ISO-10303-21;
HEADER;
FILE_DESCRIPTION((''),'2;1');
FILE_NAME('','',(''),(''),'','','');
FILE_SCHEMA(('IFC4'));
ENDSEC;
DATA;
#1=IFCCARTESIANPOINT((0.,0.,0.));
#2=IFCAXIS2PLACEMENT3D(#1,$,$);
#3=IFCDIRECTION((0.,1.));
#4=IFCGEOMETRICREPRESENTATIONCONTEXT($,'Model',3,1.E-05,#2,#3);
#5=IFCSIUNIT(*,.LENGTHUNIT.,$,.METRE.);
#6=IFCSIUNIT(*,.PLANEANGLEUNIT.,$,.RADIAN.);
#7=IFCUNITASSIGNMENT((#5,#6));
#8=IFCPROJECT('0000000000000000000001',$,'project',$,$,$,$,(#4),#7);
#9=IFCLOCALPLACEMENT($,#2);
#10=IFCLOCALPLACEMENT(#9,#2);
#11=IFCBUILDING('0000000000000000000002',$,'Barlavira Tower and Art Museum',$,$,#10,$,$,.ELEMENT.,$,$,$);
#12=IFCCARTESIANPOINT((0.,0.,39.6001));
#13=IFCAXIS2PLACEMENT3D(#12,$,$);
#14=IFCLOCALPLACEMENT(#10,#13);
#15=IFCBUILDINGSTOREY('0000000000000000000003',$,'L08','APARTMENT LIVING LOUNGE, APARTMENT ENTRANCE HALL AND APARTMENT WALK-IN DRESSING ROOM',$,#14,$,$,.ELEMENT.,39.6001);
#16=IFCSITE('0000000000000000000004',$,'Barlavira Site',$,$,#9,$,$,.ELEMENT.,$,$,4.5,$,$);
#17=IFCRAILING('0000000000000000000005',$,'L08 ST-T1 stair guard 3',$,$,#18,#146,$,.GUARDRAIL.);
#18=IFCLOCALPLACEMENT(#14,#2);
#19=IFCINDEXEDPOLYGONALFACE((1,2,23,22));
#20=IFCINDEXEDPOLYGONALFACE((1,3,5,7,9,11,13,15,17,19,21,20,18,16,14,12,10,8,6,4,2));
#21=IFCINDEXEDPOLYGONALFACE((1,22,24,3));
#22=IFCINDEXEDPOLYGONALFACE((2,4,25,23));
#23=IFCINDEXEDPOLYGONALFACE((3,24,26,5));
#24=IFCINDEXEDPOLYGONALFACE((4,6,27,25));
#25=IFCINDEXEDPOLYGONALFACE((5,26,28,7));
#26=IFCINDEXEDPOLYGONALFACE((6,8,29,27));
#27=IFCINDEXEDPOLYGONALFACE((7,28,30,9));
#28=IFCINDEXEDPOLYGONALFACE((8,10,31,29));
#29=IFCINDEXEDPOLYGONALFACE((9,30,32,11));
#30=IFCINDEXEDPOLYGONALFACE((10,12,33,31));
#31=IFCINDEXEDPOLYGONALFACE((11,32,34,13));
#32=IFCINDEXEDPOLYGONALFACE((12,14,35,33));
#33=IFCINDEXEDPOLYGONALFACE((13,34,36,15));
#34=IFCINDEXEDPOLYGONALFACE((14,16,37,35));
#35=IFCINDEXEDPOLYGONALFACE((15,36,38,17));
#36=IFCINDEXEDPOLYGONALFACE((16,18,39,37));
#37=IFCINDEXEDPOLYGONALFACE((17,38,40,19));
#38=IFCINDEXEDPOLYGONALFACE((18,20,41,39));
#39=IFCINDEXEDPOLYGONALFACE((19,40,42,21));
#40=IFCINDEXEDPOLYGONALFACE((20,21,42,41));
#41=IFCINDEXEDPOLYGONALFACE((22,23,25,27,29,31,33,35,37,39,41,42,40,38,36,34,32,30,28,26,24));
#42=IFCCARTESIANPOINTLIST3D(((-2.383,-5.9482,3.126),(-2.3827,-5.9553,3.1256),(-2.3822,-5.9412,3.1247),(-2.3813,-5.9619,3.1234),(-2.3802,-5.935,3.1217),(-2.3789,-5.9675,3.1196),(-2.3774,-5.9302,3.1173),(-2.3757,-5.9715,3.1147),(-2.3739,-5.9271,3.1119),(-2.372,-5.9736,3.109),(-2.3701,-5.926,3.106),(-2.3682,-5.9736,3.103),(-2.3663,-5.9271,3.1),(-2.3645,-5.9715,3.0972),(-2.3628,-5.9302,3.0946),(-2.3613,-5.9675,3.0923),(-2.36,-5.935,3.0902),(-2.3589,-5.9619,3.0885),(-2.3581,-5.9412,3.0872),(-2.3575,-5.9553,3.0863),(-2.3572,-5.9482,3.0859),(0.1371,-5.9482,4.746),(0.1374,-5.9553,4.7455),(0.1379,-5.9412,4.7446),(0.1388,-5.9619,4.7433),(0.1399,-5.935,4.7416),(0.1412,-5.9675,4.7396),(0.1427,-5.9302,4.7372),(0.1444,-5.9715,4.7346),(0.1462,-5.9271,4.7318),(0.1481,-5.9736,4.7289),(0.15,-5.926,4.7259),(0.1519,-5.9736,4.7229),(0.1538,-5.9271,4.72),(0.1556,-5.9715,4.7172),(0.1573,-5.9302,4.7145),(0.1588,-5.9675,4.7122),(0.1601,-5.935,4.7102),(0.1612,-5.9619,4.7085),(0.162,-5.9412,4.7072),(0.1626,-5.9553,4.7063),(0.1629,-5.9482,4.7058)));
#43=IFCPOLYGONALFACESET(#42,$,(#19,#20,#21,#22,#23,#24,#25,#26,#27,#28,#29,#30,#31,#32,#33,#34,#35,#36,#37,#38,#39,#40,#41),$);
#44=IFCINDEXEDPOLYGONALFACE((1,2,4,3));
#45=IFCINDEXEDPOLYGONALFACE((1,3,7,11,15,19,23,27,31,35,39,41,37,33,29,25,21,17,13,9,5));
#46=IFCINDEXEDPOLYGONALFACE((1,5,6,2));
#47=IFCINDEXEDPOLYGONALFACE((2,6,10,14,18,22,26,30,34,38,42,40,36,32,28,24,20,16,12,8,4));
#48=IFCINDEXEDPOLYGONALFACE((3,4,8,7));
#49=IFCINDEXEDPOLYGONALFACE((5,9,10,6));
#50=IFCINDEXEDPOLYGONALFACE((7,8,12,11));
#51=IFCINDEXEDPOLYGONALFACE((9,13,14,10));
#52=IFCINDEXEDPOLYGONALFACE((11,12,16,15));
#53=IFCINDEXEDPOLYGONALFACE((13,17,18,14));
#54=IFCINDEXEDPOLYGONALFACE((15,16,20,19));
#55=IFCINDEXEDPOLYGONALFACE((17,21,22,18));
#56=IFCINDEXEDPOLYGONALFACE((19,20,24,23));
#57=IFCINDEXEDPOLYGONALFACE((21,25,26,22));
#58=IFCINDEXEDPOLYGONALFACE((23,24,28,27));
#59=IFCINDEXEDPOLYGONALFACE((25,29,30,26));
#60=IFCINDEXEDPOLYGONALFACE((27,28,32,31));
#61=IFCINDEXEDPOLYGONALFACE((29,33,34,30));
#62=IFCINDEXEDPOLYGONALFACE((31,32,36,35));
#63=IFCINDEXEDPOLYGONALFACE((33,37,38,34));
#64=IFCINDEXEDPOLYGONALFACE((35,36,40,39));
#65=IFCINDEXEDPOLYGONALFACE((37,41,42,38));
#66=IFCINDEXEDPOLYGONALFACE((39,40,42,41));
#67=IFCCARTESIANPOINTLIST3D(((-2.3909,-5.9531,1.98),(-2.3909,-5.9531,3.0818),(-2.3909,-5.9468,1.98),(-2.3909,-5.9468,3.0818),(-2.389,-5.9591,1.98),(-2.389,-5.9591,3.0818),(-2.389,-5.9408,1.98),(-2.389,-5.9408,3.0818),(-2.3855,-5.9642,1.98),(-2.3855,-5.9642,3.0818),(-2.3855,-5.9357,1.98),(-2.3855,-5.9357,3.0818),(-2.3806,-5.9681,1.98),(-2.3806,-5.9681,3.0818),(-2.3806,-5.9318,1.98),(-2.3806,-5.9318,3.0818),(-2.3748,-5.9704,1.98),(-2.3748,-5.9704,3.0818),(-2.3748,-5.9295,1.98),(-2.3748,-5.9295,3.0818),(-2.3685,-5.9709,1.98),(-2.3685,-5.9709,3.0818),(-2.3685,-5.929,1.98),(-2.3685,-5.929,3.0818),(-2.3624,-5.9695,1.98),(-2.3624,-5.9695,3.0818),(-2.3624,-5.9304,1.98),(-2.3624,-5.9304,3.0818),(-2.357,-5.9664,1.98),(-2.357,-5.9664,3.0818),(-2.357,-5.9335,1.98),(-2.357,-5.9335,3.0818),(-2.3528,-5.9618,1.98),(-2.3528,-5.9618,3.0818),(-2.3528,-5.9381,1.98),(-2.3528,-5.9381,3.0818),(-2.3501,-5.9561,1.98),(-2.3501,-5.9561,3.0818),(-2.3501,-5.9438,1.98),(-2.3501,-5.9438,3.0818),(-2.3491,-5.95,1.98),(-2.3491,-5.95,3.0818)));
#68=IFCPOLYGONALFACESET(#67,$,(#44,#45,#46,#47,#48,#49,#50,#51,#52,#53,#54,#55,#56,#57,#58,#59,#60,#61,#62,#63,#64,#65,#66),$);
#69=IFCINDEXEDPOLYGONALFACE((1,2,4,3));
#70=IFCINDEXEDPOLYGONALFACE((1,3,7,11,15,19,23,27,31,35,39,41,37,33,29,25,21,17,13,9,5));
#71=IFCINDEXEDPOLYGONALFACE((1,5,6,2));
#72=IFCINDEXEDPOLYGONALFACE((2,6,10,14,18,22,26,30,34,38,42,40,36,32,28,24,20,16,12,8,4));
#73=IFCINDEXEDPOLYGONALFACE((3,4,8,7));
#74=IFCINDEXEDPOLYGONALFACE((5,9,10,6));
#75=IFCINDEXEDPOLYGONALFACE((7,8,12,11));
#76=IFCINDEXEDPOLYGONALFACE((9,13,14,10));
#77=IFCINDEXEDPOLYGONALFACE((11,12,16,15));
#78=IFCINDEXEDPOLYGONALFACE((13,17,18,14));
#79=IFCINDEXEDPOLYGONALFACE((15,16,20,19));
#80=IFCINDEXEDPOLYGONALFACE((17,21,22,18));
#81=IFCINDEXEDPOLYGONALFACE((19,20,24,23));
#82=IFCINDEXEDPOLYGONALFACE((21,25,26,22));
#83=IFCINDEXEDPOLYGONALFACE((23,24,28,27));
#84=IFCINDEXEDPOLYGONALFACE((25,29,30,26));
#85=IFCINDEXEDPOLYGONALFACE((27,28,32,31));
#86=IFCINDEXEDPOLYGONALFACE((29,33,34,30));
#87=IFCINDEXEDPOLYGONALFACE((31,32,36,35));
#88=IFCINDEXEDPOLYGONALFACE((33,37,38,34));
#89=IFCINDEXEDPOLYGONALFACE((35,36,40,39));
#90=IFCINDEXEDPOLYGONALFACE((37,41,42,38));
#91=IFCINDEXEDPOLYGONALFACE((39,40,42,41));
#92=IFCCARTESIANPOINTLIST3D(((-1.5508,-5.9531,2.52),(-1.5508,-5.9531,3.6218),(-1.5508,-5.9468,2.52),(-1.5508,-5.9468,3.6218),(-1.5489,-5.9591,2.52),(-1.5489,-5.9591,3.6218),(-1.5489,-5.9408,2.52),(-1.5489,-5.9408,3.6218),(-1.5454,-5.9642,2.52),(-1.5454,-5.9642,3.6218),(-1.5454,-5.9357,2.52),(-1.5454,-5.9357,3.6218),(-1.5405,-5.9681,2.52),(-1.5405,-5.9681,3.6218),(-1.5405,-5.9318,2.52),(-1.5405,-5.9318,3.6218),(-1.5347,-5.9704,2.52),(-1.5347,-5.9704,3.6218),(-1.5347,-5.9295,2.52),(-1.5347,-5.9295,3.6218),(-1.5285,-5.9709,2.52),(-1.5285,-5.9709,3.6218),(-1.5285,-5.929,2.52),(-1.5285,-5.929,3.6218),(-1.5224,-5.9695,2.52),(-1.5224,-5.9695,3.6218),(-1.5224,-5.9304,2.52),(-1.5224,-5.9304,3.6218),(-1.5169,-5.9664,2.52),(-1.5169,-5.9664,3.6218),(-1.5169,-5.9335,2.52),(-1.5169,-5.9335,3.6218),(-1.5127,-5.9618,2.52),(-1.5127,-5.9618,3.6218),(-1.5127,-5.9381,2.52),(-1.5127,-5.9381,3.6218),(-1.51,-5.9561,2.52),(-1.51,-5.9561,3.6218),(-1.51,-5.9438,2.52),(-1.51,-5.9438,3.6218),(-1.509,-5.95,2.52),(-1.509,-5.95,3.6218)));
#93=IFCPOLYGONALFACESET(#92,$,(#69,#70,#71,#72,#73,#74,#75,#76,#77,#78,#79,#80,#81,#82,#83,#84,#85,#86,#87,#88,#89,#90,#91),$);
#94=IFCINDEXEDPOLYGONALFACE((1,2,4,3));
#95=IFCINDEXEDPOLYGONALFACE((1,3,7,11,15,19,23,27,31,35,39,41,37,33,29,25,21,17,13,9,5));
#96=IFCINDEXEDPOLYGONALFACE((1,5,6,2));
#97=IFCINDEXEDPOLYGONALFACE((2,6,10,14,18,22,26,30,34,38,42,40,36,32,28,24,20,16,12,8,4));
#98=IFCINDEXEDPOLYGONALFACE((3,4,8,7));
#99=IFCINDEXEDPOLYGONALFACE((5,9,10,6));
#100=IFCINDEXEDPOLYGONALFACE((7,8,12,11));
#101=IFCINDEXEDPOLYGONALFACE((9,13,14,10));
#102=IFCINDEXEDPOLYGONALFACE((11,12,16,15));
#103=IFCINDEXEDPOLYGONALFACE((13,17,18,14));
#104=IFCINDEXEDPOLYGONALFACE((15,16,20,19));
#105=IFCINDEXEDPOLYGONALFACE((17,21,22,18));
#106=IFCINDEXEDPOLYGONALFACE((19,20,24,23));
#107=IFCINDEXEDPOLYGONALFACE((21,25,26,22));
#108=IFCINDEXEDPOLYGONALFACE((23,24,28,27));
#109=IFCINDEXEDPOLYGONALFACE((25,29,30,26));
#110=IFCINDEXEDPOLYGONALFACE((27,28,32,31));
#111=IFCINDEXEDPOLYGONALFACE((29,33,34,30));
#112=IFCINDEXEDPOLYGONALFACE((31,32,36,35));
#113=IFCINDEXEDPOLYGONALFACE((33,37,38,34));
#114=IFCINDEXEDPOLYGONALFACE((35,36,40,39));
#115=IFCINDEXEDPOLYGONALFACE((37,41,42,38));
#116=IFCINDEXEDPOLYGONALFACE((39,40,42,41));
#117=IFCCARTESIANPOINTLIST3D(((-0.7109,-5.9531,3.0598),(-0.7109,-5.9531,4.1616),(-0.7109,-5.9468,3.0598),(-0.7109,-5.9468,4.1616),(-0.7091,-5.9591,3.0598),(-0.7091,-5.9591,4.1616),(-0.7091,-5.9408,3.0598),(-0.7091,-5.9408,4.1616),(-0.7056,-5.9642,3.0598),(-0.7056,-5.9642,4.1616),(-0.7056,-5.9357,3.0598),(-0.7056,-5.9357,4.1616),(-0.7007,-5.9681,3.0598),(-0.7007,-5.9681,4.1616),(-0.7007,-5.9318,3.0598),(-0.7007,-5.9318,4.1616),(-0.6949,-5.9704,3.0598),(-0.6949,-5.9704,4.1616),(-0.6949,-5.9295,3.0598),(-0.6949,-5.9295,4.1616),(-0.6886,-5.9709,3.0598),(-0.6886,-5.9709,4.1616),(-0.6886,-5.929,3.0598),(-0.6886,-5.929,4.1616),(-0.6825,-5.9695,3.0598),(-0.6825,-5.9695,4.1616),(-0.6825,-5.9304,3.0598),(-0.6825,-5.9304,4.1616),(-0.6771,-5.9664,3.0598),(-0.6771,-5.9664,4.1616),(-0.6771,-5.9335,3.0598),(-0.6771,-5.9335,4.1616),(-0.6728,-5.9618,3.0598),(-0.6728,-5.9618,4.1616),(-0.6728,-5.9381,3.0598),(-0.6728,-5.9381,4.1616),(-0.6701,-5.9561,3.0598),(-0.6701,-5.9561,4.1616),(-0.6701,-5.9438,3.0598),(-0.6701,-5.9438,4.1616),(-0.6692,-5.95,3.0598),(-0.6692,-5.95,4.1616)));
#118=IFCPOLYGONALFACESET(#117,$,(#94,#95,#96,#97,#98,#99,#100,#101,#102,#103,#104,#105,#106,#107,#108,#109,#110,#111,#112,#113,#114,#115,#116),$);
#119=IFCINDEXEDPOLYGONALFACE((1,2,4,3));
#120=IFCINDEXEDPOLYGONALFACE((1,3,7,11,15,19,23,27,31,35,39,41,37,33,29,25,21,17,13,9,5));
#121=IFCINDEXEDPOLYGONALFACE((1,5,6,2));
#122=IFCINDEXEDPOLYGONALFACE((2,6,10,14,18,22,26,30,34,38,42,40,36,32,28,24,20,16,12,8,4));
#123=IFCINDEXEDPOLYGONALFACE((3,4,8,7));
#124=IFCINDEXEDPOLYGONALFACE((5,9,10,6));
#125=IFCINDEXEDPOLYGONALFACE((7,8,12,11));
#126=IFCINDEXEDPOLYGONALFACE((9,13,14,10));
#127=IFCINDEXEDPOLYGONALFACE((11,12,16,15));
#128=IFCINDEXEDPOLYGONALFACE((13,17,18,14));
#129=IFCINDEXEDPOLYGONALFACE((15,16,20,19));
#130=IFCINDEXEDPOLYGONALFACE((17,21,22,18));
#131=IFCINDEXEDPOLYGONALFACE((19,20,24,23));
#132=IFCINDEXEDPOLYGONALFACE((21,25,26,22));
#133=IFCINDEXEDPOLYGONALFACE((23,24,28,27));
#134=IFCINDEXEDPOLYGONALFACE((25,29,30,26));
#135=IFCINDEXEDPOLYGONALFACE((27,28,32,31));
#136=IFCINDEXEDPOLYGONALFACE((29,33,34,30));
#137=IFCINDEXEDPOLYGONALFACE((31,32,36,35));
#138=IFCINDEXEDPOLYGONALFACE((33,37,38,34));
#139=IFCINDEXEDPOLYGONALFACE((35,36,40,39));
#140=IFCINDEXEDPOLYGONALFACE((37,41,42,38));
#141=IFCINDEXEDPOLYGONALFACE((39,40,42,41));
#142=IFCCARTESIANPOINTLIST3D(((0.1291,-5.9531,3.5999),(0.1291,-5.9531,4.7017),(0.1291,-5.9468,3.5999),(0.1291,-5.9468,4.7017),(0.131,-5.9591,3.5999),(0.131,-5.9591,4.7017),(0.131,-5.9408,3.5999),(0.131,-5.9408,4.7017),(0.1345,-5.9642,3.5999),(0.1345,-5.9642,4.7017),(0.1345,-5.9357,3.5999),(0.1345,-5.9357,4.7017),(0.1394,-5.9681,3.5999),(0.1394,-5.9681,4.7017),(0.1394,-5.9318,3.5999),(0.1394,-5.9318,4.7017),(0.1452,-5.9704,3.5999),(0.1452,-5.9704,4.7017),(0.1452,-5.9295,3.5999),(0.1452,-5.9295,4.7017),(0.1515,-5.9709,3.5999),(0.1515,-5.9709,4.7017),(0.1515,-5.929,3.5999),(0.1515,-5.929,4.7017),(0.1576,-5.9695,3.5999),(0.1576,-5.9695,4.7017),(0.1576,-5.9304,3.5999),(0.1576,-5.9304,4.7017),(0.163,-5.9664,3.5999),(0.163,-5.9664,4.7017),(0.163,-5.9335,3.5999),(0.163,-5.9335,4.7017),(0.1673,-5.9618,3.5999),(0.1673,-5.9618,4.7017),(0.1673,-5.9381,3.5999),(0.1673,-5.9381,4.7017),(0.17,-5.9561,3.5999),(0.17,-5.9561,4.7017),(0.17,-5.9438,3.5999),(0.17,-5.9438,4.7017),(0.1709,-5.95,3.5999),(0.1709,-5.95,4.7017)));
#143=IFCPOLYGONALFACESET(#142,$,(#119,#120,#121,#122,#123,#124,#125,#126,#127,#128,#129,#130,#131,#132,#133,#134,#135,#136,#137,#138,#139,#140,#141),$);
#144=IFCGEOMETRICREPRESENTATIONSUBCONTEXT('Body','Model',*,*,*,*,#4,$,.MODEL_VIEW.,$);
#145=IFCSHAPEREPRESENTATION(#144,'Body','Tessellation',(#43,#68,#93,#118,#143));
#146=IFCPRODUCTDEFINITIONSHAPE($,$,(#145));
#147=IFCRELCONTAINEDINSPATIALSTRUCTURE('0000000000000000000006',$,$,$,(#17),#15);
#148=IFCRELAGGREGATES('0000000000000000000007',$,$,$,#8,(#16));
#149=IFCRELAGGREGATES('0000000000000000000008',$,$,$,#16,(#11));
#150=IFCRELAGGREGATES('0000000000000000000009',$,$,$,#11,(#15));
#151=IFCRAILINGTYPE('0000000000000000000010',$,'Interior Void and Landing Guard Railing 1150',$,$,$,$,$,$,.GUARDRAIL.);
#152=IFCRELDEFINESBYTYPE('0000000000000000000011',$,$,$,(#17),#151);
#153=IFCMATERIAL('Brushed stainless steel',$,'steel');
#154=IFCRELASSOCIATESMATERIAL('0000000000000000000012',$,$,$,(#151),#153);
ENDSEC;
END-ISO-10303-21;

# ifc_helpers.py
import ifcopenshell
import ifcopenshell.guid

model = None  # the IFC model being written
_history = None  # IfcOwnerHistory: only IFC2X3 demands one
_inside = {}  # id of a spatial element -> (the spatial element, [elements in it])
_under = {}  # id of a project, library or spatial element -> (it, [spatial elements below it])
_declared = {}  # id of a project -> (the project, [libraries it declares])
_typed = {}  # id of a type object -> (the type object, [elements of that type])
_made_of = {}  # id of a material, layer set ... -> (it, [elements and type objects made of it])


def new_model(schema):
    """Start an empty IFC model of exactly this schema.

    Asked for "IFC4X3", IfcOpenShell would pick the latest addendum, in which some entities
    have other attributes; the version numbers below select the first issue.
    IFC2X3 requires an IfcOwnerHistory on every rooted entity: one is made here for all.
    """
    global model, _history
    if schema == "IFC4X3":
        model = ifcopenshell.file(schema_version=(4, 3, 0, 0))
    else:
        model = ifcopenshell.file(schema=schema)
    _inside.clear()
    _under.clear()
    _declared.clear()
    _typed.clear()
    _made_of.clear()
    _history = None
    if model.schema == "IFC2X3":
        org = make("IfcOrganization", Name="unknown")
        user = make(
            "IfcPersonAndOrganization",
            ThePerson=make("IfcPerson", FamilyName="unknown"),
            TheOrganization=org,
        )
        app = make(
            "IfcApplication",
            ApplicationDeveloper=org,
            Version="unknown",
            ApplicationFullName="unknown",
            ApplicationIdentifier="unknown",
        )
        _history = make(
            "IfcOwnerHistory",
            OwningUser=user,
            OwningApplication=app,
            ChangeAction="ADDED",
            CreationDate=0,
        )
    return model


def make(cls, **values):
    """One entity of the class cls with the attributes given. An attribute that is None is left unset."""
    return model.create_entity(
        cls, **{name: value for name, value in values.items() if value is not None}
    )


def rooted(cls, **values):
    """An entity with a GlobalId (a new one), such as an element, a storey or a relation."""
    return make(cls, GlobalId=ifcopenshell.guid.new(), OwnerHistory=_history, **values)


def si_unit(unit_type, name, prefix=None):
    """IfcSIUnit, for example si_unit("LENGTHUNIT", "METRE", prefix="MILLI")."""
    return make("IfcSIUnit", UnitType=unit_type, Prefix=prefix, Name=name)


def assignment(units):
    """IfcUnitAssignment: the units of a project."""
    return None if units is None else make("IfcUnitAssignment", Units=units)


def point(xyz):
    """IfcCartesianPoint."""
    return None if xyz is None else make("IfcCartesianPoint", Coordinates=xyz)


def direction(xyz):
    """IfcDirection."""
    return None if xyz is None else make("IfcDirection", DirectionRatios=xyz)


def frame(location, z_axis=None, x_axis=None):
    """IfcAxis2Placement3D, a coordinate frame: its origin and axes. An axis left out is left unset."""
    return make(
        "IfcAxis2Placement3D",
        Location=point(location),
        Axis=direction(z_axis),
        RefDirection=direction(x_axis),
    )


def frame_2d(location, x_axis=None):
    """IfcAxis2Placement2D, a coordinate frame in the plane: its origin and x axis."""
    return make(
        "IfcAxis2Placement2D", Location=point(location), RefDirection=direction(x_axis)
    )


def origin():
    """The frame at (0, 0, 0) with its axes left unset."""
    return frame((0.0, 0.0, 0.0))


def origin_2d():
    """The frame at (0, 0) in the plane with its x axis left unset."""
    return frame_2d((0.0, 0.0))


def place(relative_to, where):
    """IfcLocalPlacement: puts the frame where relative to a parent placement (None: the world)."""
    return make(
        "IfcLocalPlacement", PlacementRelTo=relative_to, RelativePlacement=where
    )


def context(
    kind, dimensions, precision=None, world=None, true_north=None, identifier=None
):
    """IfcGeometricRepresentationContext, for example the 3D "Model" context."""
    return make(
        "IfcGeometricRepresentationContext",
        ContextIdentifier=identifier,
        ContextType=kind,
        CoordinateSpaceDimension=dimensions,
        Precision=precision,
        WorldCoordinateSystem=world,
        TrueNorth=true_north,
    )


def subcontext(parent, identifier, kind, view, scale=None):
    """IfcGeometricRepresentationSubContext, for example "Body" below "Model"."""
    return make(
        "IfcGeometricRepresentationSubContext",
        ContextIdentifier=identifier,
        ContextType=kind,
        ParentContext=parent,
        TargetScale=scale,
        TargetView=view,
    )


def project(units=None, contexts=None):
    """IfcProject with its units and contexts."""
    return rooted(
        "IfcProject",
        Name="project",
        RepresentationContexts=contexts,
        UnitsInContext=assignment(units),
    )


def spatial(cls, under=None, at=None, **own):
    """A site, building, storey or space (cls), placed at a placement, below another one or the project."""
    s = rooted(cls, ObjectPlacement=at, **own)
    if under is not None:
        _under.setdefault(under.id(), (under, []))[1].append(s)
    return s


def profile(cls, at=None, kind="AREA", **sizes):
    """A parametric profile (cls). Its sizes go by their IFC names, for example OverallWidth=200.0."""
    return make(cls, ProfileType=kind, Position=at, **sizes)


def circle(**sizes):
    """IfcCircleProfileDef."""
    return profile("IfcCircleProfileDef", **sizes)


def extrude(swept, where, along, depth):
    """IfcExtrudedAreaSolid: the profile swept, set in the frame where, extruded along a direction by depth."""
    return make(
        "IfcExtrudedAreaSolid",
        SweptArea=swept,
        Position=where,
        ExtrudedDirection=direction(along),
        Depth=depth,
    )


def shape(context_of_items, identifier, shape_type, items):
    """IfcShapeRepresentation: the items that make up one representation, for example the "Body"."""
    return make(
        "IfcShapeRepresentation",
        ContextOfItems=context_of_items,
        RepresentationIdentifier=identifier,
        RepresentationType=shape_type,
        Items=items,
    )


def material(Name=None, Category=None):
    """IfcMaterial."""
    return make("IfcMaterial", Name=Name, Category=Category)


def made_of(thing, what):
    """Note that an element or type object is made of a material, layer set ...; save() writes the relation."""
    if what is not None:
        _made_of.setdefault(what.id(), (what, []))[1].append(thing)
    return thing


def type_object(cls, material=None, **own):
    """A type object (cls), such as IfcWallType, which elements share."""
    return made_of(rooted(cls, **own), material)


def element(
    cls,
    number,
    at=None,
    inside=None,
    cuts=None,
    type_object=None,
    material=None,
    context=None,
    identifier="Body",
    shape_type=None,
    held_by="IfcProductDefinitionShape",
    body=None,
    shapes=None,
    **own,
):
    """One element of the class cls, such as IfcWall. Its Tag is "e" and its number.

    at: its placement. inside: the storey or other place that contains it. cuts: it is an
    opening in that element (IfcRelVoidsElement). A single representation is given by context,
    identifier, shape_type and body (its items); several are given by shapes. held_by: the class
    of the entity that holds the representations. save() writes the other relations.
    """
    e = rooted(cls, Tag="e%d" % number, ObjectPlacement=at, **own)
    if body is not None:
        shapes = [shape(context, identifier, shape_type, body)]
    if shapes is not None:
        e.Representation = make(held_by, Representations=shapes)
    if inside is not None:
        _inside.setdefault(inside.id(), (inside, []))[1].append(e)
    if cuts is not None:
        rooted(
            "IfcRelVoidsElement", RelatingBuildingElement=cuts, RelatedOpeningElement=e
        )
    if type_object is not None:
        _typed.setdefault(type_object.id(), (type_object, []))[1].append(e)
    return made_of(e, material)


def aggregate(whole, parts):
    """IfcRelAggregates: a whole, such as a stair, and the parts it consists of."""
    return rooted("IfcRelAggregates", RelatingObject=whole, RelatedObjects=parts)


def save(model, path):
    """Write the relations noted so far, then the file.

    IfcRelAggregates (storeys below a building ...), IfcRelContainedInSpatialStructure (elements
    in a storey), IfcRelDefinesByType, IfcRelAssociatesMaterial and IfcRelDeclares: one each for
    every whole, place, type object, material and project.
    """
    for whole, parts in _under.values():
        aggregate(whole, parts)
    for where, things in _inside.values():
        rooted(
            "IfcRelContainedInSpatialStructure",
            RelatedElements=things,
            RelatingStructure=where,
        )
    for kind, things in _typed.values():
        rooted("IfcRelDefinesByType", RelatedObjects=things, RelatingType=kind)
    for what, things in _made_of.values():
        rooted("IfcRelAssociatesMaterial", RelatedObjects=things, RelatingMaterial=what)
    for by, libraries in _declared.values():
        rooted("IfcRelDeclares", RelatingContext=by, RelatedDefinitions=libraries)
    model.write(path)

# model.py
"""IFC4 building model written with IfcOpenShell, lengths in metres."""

from ifc_helpers import new_model, si_unit, direction, frame, origin, origin_2d, place, context, subcontext, project, spatial, circle, extrude, material, type_object, element, save


model = new_model("IFC4")

# Units and contexts
model_context = context("Model", 3, precision=1e-05, world=origin(), true_north=direction((0.0, 1.0)))
body_context = subcontext(model_context, "Body", "Model", "MODEL_VIEW")
ifc_project = project(units=[si_unit("LENGTHUNIT", "METRE"), si_unit("PLANEANGLEUNIT", "RADIAN")], contexts=[model_context])

# Site, building, storey
site_placement = place(None, origin())
site = spatial("IfcSite", under=ifc_project, at=site_placement, Name="Barlavira Site", CompositionType="ELEMENT", RefElevation=4.5)
building_placement = place(site_placement, origin())
building = spatial("IfcBuilding", under=site, at=building_placement, Name="Barlavira Tower and Art Museum", CompositionType="ELEMENT")
storey_placement = place(building_placement, frame((0.0, 0.0, 39.6001)))
storey = spatial("IfcBuildingStorey", under=building, at=storey_placement, Name="L08", Description="APARTMENT LIVING LOUNGE, APARTMENT ENTRANCE HALL AND APARTMENT WALK-IN DRESSING ROOM", CompositionType="ELEMENT", Elevation=39.6001)

# Shared definitions
ifc_material_1 = material(Name="Brushed stainless steel", Category="steel")

# Railing
railing_type_1 = type_object("IfcRailingType", Name="Interior Void and Landing Guard Railing 1150", PredefinedType="GUARDRAIL", material=ifc_material_1)
railing_1_placement = place(storey_placement, frame((-2.3701, -5.95, 1.98)))
element("IfcRailing", 1, at=railing_1_placement, inside=storey, type_object=railing_type_1, Name="L08 ST-T1 stair guard 3", PredefinedType="GUARDRAIL", context=body_context, shape_type="SweptSolid", body=[
    extrude(circle(Radius=0.0239, at=origin_2d()), frame((0.0, 0.0, 1.126), z_axis=(0.8412, 0.0, 0.540725), x_axis=(0.0, 1.0, 0.0)), (0.0, 0.0, 1.0), 2.9958),
    extrude(circle(Radius=0.021, at=origin_2d()), origin(), (0.0, 0.0, 1.0), 1.1018),
    extrude(circle(Radius=0.021, at=origin_2d()), frame((0.8401, 0.0, 0.54)), (0.0, 0.0, 1.0), 1.1018),
    extrude(circle(Radius=0.021, at=origin_2d()), frame((1.6799, 0.0, 1.0798)), (0.0, 0.0, 1.0), 1.1018),
    extrude(circle(Radius=0.021, at=origin_2d()), frame((2.52, 0.0, 1.6199)), (0.0, 0.0, 1.0), 1.1018),
])

save(model, "model.ifc")
